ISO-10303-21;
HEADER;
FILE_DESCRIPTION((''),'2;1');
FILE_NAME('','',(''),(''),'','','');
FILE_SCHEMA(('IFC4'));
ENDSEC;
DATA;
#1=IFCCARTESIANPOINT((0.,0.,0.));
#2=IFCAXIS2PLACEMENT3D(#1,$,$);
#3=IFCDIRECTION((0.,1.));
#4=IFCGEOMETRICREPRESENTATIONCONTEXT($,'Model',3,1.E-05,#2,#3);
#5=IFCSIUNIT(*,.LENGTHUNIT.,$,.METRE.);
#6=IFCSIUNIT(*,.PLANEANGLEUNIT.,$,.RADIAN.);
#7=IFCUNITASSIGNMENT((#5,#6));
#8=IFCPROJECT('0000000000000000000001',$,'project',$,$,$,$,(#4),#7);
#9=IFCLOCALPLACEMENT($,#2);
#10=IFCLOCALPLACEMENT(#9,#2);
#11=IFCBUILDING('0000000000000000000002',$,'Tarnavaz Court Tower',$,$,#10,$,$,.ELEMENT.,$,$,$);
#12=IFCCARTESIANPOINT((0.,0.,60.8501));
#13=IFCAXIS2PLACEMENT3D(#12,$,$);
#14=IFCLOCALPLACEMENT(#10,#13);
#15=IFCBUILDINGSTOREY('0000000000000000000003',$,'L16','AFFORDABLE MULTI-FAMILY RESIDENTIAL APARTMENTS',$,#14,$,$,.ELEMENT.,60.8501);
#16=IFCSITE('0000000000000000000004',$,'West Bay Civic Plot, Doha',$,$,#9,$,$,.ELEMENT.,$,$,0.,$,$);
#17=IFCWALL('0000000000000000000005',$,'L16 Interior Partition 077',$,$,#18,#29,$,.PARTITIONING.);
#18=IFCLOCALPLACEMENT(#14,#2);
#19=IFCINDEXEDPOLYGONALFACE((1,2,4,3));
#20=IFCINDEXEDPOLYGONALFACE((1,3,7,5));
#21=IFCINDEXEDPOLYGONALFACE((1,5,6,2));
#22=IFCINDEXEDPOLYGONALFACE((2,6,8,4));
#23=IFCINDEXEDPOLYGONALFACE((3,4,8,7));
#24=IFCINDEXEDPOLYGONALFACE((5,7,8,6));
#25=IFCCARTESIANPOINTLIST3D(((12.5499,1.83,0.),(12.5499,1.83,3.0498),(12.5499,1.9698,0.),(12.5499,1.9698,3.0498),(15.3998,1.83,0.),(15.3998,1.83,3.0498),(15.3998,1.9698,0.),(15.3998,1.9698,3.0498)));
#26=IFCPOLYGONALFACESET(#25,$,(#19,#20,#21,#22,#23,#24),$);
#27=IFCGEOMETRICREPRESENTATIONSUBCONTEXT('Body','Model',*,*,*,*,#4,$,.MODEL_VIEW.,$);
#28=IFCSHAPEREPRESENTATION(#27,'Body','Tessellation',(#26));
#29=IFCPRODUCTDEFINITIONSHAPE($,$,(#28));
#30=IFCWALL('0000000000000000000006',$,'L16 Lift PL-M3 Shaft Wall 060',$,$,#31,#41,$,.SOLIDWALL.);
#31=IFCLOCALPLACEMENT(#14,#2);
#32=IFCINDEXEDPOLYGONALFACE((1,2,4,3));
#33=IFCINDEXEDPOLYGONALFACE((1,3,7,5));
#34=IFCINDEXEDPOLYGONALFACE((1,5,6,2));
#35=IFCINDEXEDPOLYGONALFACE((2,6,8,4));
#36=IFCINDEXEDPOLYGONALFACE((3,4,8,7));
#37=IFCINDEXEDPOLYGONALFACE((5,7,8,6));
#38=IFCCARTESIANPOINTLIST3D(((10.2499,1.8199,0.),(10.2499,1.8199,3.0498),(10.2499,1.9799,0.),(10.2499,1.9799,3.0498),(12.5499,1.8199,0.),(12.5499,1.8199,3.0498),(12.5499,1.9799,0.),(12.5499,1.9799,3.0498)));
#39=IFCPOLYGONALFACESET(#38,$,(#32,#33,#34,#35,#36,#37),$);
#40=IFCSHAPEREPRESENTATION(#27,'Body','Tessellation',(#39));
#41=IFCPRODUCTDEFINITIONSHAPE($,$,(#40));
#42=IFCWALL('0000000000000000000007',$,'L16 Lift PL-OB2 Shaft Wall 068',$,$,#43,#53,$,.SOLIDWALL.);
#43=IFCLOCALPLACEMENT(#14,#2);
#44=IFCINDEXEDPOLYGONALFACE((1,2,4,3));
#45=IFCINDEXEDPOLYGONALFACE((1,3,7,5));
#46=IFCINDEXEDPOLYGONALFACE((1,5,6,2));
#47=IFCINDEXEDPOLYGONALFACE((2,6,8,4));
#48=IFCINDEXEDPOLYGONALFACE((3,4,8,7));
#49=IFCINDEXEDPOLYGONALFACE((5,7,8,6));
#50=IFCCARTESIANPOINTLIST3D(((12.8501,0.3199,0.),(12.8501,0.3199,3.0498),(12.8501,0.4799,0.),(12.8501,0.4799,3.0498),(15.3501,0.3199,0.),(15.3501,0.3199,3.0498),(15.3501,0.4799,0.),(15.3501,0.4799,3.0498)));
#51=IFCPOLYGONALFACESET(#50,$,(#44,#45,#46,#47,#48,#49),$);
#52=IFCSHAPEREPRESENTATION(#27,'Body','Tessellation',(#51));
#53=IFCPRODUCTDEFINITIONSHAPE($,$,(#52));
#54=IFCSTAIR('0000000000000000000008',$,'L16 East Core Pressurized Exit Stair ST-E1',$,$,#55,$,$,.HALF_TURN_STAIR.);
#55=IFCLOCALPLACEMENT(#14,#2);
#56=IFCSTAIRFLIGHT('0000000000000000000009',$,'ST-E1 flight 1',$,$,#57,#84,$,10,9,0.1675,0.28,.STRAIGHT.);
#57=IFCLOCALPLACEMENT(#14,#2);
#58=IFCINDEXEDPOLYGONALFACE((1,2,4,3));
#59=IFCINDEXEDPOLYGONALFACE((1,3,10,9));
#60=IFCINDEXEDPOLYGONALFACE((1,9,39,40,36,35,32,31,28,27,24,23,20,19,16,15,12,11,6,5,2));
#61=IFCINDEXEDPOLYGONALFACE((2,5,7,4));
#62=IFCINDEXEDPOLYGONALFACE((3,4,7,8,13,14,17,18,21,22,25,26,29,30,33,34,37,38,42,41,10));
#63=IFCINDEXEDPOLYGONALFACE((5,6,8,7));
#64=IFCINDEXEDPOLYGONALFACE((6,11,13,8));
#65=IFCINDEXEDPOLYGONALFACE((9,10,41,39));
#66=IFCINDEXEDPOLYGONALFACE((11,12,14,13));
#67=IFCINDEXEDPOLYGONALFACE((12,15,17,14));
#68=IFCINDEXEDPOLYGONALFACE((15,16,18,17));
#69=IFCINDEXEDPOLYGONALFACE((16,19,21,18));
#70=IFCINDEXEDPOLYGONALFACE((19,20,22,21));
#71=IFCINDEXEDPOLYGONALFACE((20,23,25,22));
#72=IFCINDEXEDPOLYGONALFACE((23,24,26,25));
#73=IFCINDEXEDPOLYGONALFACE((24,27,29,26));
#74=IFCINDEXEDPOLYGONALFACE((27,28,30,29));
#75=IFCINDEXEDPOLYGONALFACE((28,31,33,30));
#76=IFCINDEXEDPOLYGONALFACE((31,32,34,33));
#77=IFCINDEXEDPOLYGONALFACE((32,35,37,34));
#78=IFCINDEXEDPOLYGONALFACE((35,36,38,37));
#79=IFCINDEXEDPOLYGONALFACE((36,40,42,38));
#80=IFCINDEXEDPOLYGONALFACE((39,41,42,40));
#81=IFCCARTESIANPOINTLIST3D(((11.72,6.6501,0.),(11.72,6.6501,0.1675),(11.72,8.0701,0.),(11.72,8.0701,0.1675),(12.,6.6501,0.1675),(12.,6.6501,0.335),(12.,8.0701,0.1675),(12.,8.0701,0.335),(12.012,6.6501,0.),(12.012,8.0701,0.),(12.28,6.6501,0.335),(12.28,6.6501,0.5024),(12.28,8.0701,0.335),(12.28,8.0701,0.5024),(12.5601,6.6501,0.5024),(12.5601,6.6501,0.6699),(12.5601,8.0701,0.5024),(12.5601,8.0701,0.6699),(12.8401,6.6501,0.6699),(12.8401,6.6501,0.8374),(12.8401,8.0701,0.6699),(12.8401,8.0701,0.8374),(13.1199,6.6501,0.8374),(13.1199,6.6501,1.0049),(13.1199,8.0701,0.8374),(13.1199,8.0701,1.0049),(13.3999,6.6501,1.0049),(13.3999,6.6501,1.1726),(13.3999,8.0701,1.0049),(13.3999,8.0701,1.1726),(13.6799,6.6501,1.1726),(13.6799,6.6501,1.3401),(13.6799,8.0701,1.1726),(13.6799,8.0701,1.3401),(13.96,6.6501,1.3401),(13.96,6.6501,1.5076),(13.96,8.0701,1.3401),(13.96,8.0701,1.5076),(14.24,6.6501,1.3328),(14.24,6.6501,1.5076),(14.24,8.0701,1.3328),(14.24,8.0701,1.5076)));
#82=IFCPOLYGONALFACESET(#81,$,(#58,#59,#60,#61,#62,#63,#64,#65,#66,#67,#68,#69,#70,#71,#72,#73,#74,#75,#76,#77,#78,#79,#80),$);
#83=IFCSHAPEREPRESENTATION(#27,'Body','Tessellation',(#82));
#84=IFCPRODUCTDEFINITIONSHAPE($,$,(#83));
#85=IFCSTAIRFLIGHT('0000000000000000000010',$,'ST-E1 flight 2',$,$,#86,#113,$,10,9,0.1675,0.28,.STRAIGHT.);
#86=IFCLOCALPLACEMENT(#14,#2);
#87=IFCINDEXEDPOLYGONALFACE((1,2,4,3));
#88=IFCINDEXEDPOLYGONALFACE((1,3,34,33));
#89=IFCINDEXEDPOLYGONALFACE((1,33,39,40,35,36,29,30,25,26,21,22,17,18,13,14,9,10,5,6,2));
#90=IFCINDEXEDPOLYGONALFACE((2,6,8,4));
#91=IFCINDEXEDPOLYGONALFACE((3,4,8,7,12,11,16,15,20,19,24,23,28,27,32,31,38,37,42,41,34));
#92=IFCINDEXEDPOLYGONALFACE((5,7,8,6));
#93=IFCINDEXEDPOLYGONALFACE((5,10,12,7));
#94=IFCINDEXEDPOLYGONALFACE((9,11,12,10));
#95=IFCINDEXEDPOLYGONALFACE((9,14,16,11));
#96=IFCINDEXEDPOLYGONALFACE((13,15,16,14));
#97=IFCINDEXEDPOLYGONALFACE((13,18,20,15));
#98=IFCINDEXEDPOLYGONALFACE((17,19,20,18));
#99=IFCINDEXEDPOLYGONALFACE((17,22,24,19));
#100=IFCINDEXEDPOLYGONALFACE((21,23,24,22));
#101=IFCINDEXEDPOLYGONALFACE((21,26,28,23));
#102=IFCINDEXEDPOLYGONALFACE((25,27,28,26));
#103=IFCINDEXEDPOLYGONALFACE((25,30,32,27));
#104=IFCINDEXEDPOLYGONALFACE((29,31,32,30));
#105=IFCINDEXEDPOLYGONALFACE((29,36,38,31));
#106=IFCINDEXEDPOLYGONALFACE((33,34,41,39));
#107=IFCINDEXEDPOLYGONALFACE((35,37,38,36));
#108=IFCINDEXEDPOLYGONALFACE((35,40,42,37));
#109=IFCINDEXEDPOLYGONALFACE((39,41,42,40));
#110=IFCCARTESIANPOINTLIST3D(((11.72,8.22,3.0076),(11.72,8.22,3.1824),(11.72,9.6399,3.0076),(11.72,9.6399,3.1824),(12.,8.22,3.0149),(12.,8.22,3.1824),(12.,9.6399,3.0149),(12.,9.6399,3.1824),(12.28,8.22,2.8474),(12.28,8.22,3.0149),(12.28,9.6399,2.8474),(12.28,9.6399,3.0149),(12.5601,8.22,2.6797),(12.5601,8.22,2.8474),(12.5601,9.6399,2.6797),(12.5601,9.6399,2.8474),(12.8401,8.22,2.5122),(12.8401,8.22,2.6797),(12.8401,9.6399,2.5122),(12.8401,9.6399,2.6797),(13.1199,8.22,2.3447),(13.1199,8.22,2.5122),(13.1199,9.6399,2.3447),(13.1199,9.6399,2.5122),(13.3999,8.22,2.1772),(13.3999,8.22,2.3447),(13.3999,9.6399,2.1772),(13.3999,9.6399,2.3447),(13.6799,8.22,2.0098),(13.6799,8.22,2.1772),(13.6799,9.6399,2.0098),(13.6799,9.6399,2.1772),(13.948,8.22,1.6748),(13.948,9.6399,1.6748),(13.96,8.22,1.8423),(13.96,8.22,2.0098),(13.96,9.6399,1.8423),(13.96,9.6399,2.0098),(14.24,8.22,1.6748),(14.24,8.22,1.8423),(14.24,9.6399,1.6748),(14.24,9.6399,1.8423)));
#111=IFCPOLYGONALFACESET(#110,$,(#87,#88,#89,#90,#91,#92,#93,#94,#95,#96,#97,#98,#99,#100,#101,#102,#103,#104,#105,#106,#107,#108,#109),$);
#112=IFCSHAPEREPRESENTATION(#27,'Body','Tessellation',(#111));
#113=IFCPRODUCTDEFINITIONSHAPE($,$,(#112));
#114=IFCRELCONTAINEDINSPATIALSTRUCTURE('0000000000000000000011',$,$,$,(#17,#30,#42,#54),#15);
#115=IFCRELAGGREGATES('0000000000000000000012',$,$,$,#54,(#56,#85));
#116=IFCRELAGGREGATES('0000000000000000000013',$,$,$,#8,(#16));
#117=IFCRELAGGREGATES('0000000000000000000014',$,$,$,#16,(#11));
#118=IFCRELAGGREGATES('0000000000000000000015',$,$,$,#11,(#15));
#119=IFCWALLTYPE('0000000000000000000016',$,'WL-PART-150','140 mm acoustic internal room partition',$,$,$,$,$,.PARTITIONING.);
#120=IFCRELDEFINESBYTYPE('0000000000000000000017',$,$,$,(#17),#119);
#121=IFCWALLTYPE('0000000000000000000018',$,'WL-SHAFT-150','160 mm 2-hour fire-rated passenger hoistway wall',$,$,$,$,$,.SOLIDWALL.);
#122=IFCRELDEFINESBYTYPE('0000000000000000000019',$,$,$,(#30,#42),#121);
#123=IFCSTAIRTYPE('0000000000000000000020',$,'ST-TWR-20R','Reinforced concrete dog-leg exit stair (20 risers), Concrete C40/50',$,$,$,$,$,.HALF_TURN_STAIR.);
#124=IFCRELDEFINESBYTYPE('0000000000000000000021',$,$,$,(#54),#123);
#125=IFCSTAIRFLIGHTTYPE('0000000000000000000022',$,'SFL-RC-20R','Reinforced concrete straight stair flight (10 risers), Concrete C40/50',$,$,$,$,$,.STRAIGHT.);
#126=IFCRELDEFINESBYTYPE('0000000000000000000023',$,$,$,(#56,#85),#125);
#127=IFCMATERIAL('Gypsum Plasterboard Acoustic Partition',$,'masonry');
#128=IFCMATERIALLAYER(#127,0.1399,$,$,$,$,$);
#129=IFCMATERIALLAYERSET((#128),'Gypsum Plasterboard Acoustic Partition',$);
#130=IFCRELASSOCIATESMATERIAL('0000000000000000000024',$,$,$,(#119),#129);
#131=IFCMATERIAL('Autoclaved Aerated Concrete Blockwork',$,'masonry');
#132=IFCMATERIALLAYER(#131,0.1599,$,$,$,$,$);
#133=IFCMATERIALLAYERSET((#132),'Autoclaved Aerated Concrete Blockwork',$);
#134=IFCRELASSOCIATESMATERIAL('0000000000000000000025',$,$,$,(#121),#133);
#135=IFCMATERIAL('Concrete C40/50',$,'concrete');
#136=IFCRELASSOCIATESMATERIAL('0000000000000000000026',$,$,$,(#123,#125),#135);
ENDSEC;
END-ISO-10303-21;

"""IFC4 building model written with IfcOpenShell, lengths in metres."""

from ifc_helpers import new_model, si_unit, direction, frame, frame_2d, origin, place, context, subcontext, project, spatial, polyline, rectangle, outline, extrude, material, layer, layer_set, type_object, element, aggregate, save


model = new_model("IFC4")

# Units and contexts
model_context = context("Model", 3, precision=1e-05, world=origin(), true_north=direction((0.0, 1.0)))
body_context = subcontext(model_context, "Body", "Model", "MODEL_VIEW")
ifc_project = project(units=[si_unit("LENGTHUNIT", "METRE"), si_unit("PLANEANGLEUNIT", "RADIAN")], contexts=[model_context])

# Site, building, storey
site_placement = place(None, origin())
site = spatial("IfcSite", under=ifc_project, at=site_placement, Name="West Bay Civic Plot, Doha", CompositionType="ELEMENT", RefElevation=0.0)
building_placement = place(site_placement, origin())
building = spatial("IfcBuilding", under=site, at=building_placement, Name="Tarnavaz Court Tower", CompositionType="ELEMENT")
storey_placement = place(building_placement, frame((0.0, 0.0, 60.8501)))
storey = spatial("IfcBuildingStorey", under=building, at=storey_placement, Name="L16", Description="AFFORDABLE MULTI-FAMILY RESIDENTIAL APARTMENTS", CompositionType="ELEMENT", Elevation=60.8501)

# Shared definitions
ifc_material_1 = material(Name="Autoclaved Aerated Concrete Blockwork", Category="masonry")

# Walls
ifc_material_2 = material(Name="Gypsum Plasterboard Acoustic Partition", Category="masonry")
ifc_layer_1 = layer(ifc_material_2, 0.1399)
ifc_layer_set_1 = layer_set([ifc_layer_1], Name="Gypsum Plasterboard Acoustic Partition")
wall_type_1 = type_object("IfcWallType", Name="WL-PART-150", Description="140 mm acoustic internal room partition", PredefinedType="PARTITIONING", material=ifc_layer_set_1)
wall_1_placement = place(storey_placement, frame((12.55, 1.8999, 0.0), z_axis=(0.0, 0.0, 1.0), x_axis=(1.0, 0.0, 0.0)))
element("IfcWall", 1, at=wall_1_placement, inside=storey, type_object=wall_type_1, Name="L16 Interior Partition 077", PredefinedType="PARTITIONING", context=body_context, shape_type="SweptSolid", body=[
    extrude(rectangle(XDim=2.8499, YDim=0.1399, at=frame_2d((1.4248, 0.0))), origin(), (0.0, 0.0, 1.0), 3.0498),
])
ifc_layer_2 = layer(ifc_material_1, 0.1599)
ifc_layer_set_2 = layer_set([ifc_layer_2], Name="Autoclaved Aerated Concrete Blockwork")
wall_type_2 = type_object("IfcWallType", Name="WL-SHAFT-150", Description="160 mm 2-hour fire-rated passenger hoistway wall", PredefinedType="SOLIDWALL", material=ifc_layer_set_2)
wall_2_placement = place(storey_placement, frame((10.25, 1.8999, 0.0), z_axis=(0.0, 0.0, 1.0), x_axis=(1.0, 0.0, 0.0)))
element("IfcWall", 2, at=wall_2_placement, inside=storey, type_object=wall_type_2, Name="L16 Lift PL-M3 Shaft Wall 060", PredefinedType="SOLIDWALL", context=body_context, shape_type="SweptSolid", body=[
    extrude(rectangle(XDim=2.3, YDim=0.1599, at=frame_2d((1.1499, 0.0))), origin(), (0.0, 0.0, 1.0), 3.0498),
])
wall_3_placement = place(storey_placement, frame((12.8501, 0.3999, 0.0), z_axis=(0.0, 0.0, 1.0), x_axis=(1.0, 0.0, 0.0)))
element("IfcWall", 3, at=wall_3_placement, inside=storey, type_object=wall_type_2, Name="L16 Lift PL-OB2 Shaft Wall 068", PredefinedType="SOLIDWALL", context=body_context, shape_type="SweptSolid", body=[
    extrude(rectangle(XDim=2.5, YDim=0.1599, at=frame_2d((1.25, 0.0))), origin(), (0.0, 0.0, 1.0), 3.0498),
])

# Stair, stair flights
ifc_material_3 = material(Name="Concrete C40/50", Category="concrete")
stair_type = type_object("IfcStairType", Name="ST-TWR-20R", Description="Reinforced concrete dog-leg exit stair (20 risers), Concrete C40/50", PredefinedType="HALF_TURN_STAIR", material=ifc_material_3)
stair_placement = place(storey_placement, origin())
stair = element("IfcStair", 4, at=stair_placement, inside=storey, type_object=stair_type, Name="L16 East Core Pressurized Exit Stair ST-E1", PredefinedType="HALF_TURN_STAIR")
stair_flight_type = type_object("IfcStairFlightType", Name="SFL-RC-20R", Description="Reinforced concrete straight stair flight (10 risers), Concrete C40/50", PredefinedType="STRAIGHT", material=ifc_material_3)
stair_flight_1_placement = place(storey_placement, frame((11.72, 7.3601, 0.0), z_axis=(0.0, 0.0, 1.0), x_axis=(1.0, 0.0, 0.0)))
stair_flight_1 = element("IfcStairFlight", 5, at=stair_flight_1_placement, type_object=stair_flight_type, Name="ST-E1 flight 1", NumberOfRisers=10, NumberOfTreads=9, PredefinedType="STRAIGHT", RiserHeight=0.1675, TreadLength=0.28, context=body_context, shape_type="SweptSolid", body=[
    extrude(outline(polyline([(0.0, 0.0), (0.0, 0.1675), (0.28, 0.1675), (0.28, 0.335), (0.5601, 0.335), (0.5601, 0.5024), (0.8401, 0.5024), (0.8401, 0.6699), (1.1201, 0.6699), (1.1201, 0.8374), (1.3999, 0.8374), (1.3999, 1.0049), (1.6799, 1.0049), (1.6799, 1.1726), (1.96, 1.1726), (1.96, 1.3401), (2.24, 1.3401), (2.24, 1.5076), (2.52, 1.5076), (2.52, 1.675), (2.52, 1.3328), (0.292, 0.0), (0.0, 0.0)])), frame((0.0, 0.71, 0.0), z_axis=(0.0, -1.0, 0.0), x_axis=(1.0, 0.0, 0.0)), (0.0, 0.0, 1.0), 1.4199),
])
stair_flight_2_placement = place(storey_placement, frame((14.24, 8.9299, 1.6748), z_axis=(0.0, 0.0, 1.0), x_axis=(-1.0, 0.0, 0.0)))
stair_flight_2 = element("IfcStairFlight", 6, at=stair_flight_2_placement, type_object=stair_flight_type, Name="ST-E1 flight 2", NumberOfRisers=10, NumberOfTreads=9, PredefinedType="STRAIGHT", RiserHeight=0.1675, TreadLength=0.28, context=body_context, shape_type="SweptSolid", body=[
    extrude(outline(polyline([(0.0, 0.0), (0.0, 0.1675), (0.28, 0.1675), (0.28, 0.335), (0.5601, 0.335), (0.5601, 0.5024), (0.8401, 0.5024), (0.8401, 0.6699), (1.1201, 0.6699), (1.1201, 0.8374), (1.3999, 0.8374), (1.3999, 1.0049), (1.6799, 1.0049), (1.6799, 1.1726), (1.96, 1.1726), (1.96, 1.3401), (2.24, 1.3401), (2.24, 1.5076), (2.52, 1.5076), (2.52, 1.675), (2.52, 1.3328), (0.292, 0.0), (0.0, 0.0)])), frame((0.0, 0.71, 0.0), z_axis=(0.0, -1.0, 0.0), x_axis=(1.0, 0.0, 0.0)), (0.0, 0.0, 1.0), 1.4199),
])
aggregate(stair, [stair_flight_1, stair_flight_2])

save(model, "model.ifc")
